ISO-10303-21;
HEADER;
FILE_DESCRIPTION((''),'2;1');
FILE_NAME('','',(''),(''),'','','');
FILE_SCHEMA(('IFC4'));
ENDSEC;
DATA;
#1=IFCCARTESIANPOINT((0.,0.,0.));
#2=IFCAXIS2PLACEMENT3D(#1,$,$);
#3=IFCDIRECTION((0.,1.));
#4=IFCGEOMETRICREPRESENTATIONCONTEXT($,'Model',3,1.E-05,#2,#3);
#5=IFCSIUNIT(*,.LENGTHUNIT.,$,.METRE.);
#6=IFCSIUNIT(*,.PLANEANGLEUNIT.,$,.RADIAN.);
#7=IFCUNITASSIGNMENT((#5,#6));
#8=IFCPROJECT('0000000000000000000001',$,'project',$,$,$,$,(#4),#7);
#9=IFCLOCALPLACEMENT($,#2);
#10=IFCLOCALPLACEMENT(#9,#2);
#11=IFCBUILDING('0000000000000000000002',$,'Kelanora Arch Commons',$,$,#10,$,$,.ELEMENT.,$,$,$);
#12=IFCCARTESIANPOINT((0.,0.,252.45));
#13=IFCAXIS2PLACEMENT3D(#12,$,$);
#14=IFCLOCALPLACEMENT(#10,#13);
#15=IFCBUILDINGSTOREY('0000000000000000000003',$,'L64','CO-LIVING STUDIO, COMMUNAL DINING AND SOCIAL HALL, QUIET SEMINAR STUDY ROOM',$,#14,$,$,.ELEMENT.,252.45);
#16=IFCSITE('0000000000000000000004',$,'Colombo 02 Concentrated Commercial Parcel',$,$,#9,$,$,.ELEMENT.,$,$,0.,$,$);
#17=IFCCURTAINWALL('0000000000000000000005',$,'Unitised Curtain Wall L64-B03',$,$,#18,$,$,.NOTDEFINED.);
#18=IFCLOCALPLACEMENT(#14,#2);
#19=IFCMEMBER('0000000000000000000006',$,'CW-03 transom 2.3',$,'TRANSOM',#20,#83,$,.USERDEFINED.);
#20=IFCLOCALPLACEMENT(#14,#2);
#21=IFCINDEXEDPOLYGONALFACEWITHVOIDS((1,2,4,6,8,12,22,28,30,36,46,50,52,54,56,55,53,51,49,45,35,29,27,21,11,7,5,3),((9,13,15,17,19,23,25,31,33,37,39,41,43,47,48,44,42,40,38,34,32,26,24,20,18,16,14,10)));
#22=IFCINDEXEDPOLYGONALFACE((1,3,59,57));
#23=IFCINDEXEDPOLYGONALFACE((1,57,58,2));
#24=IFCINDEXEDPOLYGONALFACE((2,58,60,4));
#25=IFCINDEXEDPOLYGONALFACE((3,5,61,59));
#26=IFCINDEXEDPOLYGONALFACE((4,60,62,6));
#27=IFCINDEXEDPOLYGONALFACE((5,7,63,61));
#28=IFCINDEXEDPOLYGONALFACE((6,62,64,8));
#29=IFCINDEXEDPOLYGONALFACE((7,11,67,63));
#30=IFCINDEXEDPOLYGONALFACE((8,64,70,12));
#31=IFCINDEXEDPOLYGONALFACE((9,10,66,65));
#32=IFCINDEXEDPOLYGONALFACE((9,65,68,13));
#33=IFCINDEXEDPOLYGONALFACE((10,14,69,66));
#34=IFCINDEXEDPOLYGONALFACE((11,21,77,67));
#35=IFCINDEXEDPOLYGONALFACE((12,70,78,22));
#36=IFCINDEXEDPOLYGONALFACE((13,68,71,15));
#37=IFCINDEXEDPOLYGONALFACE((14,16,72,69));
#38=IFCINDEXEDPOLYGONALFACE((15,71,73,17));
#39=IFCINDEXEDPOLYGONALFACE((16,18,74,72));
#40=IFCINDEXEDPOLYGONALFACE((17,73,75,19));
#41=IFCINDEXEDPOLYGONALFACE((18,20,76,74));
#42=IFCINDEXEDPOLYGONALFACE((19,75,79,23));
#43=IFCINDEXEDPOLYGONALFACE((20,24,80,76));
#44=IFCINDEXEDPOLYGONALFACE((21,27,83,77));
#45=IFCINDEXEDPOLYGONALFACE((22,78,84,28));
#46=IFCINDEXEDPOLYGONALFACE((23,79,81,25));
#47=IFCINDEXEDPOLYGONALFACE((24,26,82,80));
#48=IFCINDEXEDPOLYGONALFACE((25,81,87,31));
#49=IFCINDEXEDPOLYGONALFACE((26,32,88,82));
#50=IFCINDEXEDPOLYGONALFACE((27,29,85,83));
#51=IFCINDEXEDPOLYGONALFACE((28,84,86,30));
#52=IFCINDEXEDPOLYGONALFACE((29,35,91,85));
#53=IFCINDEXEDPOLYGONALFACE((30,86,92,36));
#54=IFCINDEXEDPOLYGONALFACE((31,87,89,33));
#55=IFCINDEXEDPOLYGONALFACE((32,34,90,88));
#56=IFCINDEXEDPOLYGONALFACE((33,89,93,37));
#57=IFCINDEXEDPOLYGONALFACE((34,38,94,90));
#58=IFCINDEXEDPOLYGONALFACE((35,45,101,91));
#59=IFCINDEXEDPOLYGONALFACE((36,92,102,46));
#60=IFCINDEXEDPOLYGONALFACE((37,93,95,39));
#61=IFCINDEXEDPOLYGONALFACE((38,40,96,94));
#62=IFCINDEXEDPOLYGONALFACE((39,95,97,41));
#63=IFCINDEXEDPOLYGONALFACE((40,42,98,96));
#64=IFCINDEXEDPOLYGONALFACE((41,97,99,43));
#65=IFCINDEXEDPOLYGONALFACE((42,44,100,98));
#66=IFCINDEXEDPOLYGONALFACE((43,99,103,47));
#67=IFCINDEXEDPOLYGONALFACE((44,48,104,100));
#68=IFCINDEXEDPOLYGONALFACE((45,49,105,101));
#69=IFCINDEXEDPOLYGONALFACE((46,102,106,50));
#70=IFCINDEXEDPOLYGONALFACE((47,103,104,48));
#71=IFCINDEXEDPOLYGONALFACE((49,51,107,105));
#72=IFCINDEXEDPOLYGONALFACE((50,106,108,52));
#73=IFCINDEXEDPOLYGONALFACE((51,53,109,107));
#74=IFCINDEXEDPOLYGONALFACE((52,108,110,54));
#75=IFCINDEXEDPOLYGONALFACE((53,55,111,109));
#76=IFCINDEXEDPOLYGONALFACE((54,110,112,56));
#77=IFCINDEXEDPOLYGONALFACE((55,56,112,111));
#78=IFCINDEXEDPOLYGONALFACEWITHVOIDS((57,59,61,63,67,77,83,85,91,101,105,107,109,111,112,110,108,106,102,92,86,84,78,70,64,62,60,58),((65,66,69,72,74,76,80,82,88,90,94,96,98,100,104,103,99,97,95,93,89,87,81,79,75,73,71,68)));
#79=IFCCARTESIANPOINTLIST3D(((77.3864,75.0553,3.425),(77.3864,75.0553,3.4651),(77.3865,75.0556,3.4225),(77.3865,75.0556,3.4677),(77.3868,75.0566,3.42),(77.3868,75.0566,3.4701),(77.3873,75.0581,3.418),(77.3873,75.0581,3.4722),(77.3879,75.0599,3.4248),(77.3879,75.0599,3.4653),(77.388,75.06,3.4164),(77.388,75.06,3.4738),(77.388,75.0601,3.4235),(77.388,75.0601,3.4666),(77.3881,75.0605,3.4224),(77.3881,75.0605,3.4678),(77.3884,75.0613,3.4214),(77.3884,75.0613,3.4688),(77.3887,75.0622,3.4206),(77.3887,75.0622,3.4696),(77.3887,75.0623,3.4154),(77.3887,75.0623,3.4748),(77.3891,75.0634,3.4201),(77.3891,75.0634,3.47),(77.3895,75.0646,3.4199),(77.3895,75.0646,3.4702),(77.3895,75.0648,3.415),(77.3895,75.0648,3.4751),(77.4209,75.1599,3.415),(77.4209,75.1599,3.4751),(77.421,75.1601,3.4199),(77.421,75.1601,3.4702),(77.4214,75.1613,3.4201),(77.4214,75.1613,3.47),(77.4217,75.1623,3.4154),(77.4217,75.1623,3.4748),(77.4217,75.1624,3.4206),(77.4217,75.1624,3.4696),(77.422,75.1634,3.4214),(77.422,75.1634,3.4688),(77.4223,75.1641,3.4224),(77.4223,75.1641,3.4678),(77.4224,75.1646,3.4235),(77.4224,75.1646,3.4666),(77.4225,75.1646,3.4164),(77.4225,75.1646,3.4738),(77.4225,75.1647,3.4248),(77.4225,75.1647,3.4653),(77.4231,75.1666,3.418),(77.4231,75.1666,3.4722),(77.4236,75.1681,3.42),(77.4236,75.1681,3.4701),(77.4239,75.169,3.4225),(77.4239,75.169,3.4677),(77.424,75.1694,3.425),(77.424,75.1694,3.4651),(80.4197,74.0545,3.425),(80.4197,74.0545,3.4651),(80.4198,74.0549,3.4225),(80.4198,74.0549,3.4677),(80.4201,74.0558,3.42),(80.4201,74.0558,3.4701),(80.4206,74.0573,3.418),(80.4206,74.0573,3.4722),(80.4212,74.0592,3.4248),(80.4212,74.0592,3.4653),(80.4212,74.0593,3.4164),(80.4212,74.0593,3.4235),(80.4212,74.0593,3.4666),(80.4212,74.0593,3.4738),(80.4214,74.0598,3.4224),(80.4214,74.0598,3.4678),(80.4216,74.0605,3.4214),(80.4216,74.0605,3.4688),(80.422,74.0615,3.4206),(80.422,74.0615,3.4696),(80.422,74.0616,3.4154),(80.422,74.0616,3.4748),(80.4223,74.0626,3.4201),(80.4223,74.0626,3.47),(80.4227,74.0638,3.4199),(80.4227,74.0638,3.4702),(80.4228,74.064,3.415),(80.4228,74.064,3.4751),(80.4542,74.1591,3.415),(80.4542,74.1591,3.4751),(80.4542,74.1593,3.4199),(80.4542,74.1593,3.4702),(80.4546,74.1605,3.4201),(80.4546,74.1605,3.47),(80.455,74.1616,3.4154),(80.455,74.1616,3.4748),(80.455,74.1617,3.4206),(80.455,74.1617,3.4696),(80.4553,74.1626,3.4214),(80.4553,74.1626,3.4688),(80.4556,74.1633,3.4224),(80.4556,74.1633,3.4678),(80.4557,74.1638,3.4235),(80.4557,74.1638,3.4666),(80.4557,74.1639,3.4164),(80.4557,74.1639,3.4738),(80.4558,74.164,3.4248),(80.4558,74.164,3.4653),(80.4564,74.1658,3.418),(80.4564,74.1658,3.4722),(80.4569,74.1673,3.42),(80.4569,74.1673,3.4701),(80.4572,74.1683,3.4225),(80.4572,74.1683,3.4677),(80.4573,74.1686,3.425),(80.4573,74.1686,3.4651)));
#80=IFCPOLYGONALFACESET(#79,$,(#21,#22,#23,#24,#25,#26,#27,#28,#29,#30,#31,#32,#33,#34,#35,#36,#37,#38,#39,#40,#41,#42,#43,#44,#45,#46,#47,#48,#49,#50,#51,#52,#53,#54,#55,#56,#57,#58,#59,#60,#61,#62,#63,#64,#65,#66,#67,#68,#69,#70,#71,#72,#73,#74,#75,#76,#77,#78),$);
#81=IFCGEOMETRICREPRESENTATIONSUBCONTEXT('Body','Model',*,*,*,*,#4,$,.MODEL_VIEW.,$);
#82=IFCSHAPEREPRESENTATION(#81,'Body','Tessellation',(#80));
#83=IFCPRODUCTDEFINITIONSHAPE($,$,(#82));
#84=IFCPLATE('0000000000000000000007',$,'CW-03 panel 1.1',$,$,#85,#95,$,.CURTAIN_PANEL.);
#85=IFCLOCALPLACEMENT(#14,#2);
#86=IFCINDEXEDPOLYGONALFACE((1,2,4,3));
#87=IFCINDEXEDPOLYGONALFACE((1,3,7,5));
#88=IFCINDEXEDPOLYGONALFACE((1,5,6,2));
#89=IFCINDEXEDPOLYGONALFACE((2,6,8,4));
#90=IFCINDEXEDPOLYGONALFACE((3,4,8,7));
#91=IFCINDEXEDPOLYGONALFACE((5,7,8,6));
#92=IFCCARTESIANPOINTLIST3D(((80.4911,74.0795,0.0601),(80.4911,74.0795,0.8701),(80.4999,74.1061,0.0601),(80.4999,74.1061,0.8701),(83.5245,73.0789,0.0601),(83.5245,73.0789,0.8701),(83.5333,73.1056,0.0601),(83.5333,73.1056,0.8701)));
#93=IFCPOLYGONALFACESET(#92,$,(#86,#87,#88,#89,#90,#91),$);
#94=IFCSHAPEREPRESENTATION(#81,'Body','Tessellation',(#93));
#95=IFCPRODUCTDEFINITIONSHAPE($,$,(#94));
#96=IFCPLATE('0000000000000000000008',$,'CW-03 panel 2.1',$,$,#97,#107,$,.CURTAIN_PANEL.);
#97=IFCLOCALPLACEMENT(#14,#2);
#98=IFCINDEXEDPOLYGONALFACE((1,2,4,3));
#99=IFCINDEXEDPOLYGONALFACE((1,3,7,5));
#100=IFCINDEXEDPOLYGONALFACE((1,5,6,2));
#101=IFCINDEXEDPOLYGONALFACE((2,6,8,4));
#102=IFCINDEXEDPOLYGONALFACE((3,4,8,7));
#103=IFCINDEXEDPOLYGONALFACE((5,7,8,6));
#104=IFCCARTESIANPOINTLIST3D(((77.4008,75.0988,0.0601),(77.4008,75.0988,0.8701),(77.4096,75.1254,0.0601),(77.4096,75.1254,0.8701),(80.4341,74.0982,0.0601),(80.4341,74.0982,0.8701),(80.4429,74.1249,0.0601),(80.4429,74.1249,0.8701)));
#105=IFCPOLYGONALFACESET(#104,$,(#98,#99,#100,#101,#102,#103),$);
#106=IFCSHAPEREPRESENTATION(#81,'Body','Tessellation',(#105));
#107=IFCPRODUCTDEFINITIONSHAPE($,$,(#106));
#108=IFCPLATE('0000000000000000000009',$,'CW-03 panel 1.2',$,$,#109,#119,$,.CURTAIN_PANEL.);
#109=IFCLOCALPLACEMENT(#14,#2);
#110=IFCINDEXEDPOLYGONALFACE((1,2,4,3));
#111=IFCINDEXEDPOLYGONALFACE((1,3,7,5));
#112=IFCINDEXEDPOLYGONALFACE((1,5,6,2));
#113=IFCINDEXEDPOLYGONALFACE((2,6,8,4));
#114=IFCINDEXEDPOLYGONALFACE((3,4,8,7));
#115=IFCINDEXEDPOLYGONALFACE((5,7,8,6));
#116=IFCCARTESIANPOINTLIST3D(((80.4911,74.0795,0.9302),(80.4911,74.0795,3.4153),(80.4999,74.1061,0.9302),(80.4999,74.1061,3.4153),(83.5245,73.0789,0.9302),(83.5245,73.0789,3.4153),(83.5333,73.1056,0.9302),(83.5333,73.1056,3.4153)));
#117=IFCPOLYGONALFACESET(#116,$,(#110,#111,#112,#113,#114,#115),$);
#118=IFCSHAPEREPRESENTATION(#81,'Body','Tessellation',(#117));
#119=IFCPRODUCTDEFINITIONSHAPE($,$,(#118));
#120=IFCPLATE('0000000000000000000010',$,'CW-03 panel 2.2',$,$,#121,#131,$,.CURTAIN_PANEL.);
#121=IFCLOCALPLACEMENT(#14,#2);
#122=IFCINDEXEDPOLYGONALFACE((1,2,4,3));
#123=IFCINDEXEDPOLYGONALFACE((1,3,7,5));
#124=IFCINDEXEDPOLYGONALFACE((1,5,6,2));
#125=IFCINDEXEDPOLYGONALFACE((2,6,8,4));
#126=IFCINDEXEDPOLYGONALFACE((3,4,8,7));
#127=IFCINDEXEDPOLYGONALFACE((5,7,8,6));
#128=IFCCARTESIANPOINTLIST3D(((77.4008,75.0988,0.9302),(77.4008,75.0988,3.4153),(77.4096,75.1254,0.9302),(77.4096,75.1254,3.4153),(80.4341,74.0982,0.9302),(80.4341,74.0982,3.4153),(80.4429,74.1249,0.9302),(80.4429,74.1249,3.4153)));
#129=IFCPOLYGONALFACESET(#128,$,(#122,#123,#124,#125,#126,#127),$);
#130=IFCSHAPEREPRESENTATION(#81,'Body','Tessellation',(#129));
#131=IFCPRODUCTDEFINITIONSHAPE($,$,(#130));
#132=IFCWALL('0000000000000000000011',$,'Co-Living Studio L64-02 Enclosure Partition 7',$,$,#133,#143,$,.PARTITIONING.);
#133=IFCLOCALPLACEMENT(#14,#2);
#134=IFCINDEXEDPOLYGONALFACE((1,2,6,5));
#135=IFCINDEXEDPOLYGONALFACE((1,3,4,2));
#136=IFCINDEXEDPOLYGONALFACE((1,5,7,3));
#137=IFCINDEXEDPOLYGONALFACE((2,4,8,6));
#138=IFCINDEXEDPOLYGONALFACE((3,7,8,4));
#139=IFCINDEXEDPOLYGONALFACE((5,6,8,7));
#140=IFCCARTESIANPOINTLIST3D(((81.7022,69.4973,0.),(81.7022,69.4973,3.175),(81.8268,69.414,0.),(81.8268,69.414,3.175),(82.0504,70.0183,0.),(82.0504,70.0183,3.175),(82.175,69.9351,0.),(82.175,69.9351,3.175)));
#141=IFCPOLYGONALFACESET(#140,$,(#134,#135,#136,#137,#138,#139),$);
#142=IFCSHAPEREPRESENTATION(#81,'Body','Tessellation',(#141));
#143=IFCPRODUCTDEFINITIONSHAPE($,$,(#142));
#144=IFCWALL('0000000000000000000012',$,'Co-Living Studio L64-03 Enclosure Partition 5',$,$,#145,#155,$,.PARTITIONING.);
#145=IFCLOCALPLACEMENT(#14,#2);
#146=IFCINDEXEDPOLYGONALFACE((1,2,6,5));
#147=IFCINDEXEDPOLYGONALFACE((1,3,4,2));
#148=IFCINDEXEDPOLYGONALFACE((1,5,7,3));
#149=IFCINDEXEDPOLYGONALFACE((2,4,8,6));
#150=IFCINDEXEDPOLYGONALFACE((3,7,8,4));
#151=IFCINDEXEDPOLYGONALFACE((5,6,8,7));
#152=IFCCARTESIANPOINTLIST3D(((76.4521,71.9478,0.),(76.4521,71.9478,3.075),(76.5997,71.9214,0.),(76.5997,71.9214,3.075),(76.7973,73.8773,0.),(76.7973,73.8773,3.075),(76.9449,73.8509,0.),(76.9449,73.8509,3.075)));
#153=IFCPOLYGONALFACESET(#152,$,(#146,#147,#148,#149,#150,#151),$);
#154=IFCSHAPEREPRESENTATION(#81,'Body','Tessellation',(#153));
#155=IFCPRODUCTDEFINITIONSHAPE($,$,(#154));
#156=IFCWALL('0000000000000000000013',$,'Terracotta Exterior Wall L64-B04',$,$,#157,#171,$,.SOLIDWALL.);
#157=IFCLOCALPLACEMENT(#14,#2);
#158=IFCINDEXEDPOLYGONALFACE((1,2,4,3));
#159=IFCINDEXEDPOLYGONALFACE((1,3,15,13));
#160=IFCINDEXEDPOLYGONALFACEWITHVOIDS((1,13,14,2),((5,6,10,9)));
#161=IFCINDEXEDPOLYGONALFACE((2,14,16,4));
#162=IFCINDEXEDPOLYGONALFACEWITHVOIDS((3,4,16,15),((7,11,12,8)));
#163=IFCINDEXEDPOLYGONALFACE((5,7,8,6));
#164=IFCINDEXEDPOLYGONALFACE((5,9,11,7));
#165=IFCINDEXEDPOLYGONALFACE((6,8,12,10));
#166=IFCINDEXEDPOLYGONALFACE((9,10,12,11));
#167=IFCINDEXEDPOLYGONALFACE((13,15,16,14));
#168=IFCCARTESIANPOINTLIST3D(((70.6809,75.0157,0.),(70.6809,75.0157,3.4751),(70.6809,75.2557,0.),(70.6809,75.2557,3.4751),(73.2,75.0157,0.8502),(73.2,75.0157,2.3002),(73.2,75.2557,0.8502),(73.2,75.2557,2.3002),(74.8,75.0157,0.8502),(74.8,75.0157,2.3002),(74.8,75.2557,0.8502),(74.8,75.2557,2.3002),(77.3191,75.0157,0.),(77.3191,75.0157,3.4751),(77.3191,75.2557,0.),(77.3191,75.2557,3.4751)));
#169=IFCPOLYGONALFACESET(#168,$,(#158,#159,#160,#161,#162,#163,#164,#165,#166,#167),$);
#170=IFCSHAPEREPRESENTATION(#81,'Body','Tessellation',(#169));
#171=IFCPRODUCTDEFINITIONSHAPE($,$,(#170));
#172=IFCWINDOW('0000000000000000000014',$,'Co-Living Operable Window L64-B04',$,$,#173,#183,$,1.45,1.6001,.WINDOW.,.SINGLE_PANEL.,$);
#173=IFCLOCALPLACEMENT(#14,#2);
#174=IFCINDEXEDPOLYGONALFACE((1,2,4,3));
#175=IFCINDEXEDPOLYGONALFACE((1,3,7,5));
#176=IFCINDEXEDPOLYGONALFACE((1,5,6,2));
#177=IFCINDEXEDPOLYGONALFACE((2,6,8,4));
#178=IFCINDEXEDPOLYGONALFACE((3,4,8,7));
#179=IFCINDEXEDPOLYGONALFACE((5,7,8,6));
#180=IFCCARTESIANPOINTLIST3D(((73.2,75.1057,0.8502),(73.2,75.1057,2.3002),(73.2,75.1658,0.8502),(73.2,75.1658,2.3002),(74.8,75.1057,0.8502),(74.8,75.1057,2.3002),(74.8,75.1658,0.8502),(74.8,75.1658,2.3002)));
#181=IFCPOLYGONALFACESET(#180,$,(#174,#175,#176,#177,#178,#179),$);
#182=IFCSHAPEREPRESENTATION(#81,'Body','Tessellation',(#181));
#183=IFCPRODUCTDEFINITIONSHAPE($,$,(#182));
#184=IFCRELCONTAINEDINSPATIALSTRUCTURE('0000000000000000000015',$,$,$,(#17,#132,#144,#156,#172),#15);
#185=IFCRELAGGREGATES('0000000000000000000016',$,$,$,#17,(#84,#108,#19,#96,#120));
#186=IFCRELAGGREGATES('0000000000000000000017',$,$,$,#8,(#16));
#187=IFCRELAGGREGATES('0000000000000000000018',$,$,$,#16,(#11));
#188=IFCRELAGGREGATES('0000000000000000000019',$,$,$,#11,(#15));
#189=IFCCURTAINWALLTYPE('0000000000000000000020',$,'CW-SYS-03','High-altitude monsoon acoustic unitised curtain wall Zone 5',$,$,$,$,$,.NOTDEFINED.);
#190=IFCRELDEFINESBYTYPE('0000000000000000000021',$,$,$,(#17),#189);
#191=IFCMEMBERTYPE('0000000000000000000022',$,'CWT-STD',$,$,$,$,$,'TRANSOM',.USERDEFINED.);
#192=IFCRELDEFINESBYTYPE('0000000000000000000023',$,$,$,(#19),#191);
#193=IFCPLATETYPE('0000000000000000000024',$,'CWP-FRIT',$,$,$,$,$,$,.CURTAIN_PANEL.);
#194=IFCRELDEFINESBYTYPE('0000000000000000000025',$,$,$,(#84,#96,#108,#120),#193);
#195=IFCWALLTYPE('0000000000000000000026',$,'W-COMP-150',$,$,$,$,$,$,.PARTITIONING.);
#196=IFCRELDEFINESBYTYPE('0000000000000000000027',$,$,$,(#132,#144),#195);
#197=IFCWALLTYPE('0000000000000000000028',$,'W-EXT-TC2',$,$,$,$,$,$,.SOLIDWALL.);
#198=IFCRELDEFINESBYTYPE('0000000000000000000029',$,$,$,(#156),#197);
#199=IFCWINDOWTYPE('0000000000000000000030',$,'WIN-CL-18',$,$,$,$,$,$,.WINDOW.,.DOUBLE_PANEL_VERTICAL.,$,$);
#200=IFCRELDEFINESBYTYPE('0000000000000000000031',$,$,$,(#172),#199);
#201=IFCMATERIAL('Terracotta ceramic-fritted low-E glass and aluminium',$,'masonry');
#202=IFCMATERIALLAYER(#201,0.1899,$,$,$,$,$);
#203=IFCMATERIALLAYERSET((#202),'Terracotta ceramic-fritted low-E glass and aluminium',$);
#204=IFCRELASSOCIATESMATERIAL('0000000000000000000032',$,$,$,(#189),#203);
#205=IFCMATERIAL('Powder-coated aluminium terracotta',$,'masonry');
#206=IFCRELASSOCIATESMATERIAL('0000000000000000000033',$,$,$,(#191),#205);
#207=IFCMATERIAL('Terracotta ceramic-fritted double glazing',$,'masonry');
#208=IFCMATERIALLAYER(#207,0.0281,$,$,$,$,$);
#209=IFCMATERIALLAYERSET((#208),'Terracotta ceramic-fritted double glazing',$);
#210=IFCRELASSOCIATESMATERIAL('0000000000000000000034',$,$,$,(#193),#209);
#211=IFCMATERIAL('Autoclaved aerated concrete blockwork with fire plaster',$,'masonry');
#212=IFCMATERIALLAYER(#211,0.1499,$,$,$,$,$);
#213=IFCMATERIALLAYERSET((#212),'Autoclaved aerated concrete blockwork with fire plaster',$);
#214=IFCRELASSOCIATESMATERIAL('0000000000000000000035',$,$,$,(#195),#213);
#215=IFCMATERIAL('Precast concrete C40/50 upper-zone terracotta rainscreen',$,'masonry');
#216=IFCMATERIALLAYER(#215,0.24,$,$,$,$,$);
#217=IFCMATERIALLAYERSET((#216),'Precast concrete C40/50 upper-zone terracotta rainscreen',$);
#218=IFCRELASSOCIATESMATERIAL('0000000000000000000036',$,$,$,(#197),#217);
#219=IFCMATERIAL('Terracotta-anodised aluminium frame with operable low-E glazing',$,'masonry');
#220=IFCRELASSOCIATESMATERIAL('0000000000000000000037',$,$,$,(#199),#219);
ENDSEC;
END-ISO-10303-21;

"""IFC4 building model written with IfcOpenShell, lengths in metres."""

from ifc_helpers import new_model, si_unit, direction, frame, frame_2d, origin, origin_2d, place, context, subcontext, project, spatial, rectangle, hollow_rectangle, extrude, source, transform, mapped, material, layer, layer_set, material_profile, profile_set, type_object, element, fill, aggregate, save


model = new_model("IFC4")

# Units and contexts
model_context = context("Model", 3, precision=1e-05, world=origin(), true_north=direction((0.0, 1.0)))
body_context = subcontext(model_context, "Body", "Model", "MODEL_VIEW")
ifc_project = project(units=[si_unit("LENGTHUNIT", "METRE"), si_unit("PLANEANGLEUNIT", "RADIAN")], contexts=[model_context])

# Site, building, storey
site_placement = place(None, origin())
site = spatial("IfcSite", under=ifc_project, at=site_placement, Name="Colombo 02 Concentrated Commercial Parcel", CompositionType="ELEMENT", RefElevation=0.0)
building_placement = place(site_placement, origin())
building = spatial("IfcBuilding", under=site, at=building_placement, Name="Kelanora Arch Commons", CompositionType="ELEMENT")
storey_placement = place(building_placement, frame((0.0, 0.0, 252.45)))
storey = spatial("IfcBuildingStorey", under=building, at=storey_placement, Name="L64", Description="CO-LIVING STUDIO, COMMUNAL DINING AND SOCIAL HALL, QUIET SEMINAR STUDY ROOM", CompositionType="ELEMENT", Elevation=252.45)

# Curtain wall, member, plates
ifc_material_1 = material(Name="Terracotta ceramic-fritted low-E glass and aluminium", Category="masonry")
ifc_layer_1 = layer(ifc_material_1, 0.1899)
ifc_layer_set_1 = layer_set([ifc_layer_1], Name="Terracotta ceramic-fritted low-E glass and aluminium")
curtain_wall_type = type_object("IfcCurtainWallType", Name="CW-SYS-03", Description="High-altitude monsoon acoustic unitised curtain wall Zone 5", PredefinedType="NOTDEFINED", material=ifc_layer_set_1)
curtain_wall_placement = place(storey_placement, origin())
curtain_wall = element("IfcCurtainWall", 1, at=curtain_wall_placement, inside=storey, type_object=curtain_wall_type, Name="Unitised Curtain Wall L64-B03", PredefinedType="NOTDEFINED")
ifc_material_2 = material(Name="Powder-coated aluminium terracotta", Category="masonry")
ifc_material_profile_1 = material_profile(ifc_material_2, hollow_rectangle(XDim=0.1201, YDim=0.0601, WallThickness=0.0049, InnerFilletRadius=0.0049, OuterFilletRadius=0.01, at=origin_2d()), Name="CWT120x60")
ifc_profile_set_1 = profile_set([ifc_material_profile_1], Name="Powder-coated aluminium terracotta")
member_type_1 = type_object("IfcMemberType", Name="CWT-STD", ElementType="TRANSOM", PredefinedType="USERDEFINED", material=ifc_profile_set_1)
member_1_placement = place(storey_placement, frame((80.4385, 74.1116, 3.4451), z_axis=(-0.94965, 0.313314, 0.0), x_axis=(-0.313314, -0.94965, 0.0)))
member_1 = element("IfcMember", 2, at=member_1_placement, type_object=member_type_1, Name="CW-03 transom 2.3", ObjectType="TRANSOM", PredefinedType="USERDEFINED", context=body_context, shape_type="SweptSolid", body=[
    extrude(hollow_rectangle(XDim=0.1201, YDim=0.0601, WallThickness=0.0049, InnerFilletRadius=0.0049, OuterFilletRadius=0.01, at=origin_2d()), origin(), (0.0, 0.0, 1.0), 3.1941),
])
ifc_material_3 = material(Name="Terracotta ceramic-fritted double glazing", Category="masonry")
ifc_layer_2 = layer(ifc_material_3, 0.0281)
ifc_layer_set_2 = layer_set([ifc_layer_2], Name="Terracotta ceramic-fritted double glazing")
plate_type = type_object("IfcPlateType", Name="CWP-FRIT", PredefinedType="CURTAIN_PANEL", material=ifc_layer_set_2)
shared_shape_1 = source(origin(), body_context, "Body", "SweptSolid", [
    extrude(rectangle(XDim=3.1941, YDim=0.0281, at=origin_2d()), origin(), (0.0, 0.0, 1.0), 0.8101),
])
plate_1_placement = place(storey_placement, frame((82.0122, 73.5925, 0.0601), z_axis=(0.0, 0.0, 1.0), x_axis=(-0.94967, 0.313253, 0.0)))
plate_1 = element("IfcPlate", 3, at=plate_1_placement, type_object=plate_type, Name="CW-03 panel 1.1", PredefinedType="CURTAIN_PANEL", context=body_context, shape_type="MappedRepresentation", body=[
    mapped(shared_shape_1, transform((0.0, 0.0, 0.0), scale=1.0)),
])
plate_2_placement = place(storey_placement, frame((78.9219, 74.6118, 0.0601), z_axis=(0.0, 0.0, 1.0), x_axis=(-0.94967, 0.313253, 0.0)))
plate_2 = element("IfcPlate", 4, at=plate_2_placement, type_object=plate_type, Name="CW-03 panel 2.1", PredefinedType="CURTAIN_PANEL", context=body_context, shape_type="MappedRepresentation", body=[
    mapped(shared_shape_1, transform((0.0, 0.0, 0.0), scale=1.0)),
])
shared_shape_2 = source(origin(), body_context, "Body", "SweptSolid", [
    extrude(rectangle(XDim=3.1941, YDim=0.0281, at=origin_2d()), origin(), (0.0, 0.0, 1.0), 2.4851),
])
plate_3_placement = place(storey_placement, frame((82.0122, 73.5925, 0.9302), z_axis=(0.0, 0.0, 1.0), x_axis=(-0.94967, 0.313253, 0.0)))
plate_3 = element("IfcPlate", 5, at=plate_3_placement, type_object=plate_type, Name="CW-03 panel 1.2", PredefinedType="CURTAIN_PANEL", context=body_context, shape_type="MappedRepresentation", body=[
    mapped(shared_shape_2, transform((0.0, 0.0, 0.0), scale=1.0)),
])
plate_4_placement = place(storey_placement, frame((78.9219, 74.6118, 0.9302), z_axis=(0.0, 0.0, 1.0), x_axis=(-0.94967, 0.313253, 0.0)))
plate_4 = element("IfcPlate", 6, at=plate_4_placement, type_object=plate_type, Name="CW-03 panel 2.2", PredefinedType="CURTAIN_PANEL", context=body_context, shape_type="MappedRepresentation", body=[
    mapped(shared_shape_2, transform((0.0, 0.0, 0.0), scale=1.0)),
])
aggregate(curtain_wall, [plate_1, plate_3, member_1, plate_2, plate_4])

# Walls
ifc_material_4 = material(Name="Autoclaved aerated concrete blockwork with fire plaster", Category="masonry")
ifc_layer_3 = layer(ifc_material_4, 0.1499)
ifc_layer_set_3 = layer_set([ifc_layer_3], Name="Autoclaved aerated concrete blockwork with fire plaster")
wall_type_1 = type_object("IfcWallType", Name="W-COMP-150", PredefinedType="PARTITIONING", material=ifc_layer_set_3)
wall_1_placement = place(storey_placement, frame((82.1128, 69.9768, 0.0), z_axis=(0.0, 0.0, 1.0), x_axis=(-0.555599, -0.83145, 0.0)))
element("IfcWall", 7, at=wall_1_placement, inside=storey, type_object=wall_type_1, Name="Co-Living Studio L64-02 Enclosure Partition 7", PredefinedType="PARTITIONING", context=body_context, shape_type="SweptSolid", body=[
    extrude(rectangle(XDim=0.6267, YDim=0.1499, at=frame_2d((0.3135, 0.0))), origin(), (0.0, 0.0, 1.0), 3.175),
])
wall_2_placement = place(storey_placement, frame((76.8711, 73.864, 0.0), z_axis=(0.0, 0.0, 1.0), x_axis=(-0.176101, -0.984372, 0.0)))
element("IfcWall", 8, at=wall_2_placement, inside=storey, type_object=wall_type_1, Name="Co-Living Studio L64-03 Enclosure Partition 5", PredefinedType="PARTITIONING", context=body_context, shape_type="SweptSolid", body=[
    extrude(rectangle(XDim=1.9602, YDim=0.1499, at=frame_2d((0.98, 0.0))), origin(), (0.0, 0.0, 1.0), 3.075),
])

# Wall, opening, window
ifc_material_5 = material(Name="Precast concrete C40/50 upper-zone terracotta rainscreen", Category="masonry")
ifc_layer_4 = layer(ifc_material_5, 0.24)
ifc_layer_set_4 = layer_set([ifc_layer_4], Name="Precast concrete C40/50 upper-zone terracotta rainscreen")
wall_type_2 = type_object("IfcWallType", Name="W-EXT-TC2", PredefinedType="SOLIDWALL", material=ifc_layer_set_4)
wall_3_placement = place(storey_placement, frame((77.3191, 75.1357, 0.0), z_axis=(0.0, 0.0, 1.0), x_axis=(-1.0, 0.0, 0.0)))
wall_3 = element("IfcWall", 9, at=wall_3_placement, inside=storey, type_object=wall_type_2, Name="Terracotta Exterior Wall L64-B04", PredefinedType="SOLIDWALL", context=body_context, shape_type="SweptSolid", body=[
    extrude(rectangle(XDim=6.6382, YDim=0.24, at=frame_2d((3.3191, 0.0))), origin(), (0.0, 0.0, 1.0), 3.4751),
])
opening_placement = place(wall_3_placement, frame((2.519, 0.0, 0.8501)))
opening = element("IfcOpeningElement", 10, at=opening_placement, cuts=wall_3, PredefinedType="OPENING", context=body_context, shape_type="SweptSolid", body=[
    extrude(rectangle(XDim=1.6001, YDim=1.45, at=frame_2d((0.8, 0.7251))), frame((0.0, 0.1299, 0.0), z_axis=(0.0, -1.0, 0.0), x_axis=(1.0, 0.0, 0.0)), (0.0, 0.0, 1.0), 0.26),
])
ifc_material_6 = material(Name="Terracotta-anodised aluminium frame with operable low-E glazing", Category="masonry")
window_type = type_object("IfcWindowType", Name="WIN-CL-18", PartitioningType="DOUBLE_PANEL_VERTICAL", PredefinedType="WINDOW", material=ifc_material_6)
window_placement = place(opening_placement, origin())
window = element("IfcWindow", 11, at=window_placement, inside=storey, type_object=window_type, Name="Co-Living Operable Window L64-B04", OverallHeight=1.45, OverallWidth=1.6001, PartitioningType="SINGLE_PANEL", PredefinedType="WINDOW", context=body_context, shape_type="SweptSolid", body=[
    extrude(rectangle(XDim=1.6001, YDim=1.45, at=frame_2d((0.8, 0.7251))), frame((0.0, 0.03, 0.0), z_axis=(0.0, -1.0, 0.0), x_axis=(1.0, 0.0, 0.0)), (0.0, 0.0, 1.0), 0.0601),
])
fill(opening, window)

save(model, "model.ifc")
